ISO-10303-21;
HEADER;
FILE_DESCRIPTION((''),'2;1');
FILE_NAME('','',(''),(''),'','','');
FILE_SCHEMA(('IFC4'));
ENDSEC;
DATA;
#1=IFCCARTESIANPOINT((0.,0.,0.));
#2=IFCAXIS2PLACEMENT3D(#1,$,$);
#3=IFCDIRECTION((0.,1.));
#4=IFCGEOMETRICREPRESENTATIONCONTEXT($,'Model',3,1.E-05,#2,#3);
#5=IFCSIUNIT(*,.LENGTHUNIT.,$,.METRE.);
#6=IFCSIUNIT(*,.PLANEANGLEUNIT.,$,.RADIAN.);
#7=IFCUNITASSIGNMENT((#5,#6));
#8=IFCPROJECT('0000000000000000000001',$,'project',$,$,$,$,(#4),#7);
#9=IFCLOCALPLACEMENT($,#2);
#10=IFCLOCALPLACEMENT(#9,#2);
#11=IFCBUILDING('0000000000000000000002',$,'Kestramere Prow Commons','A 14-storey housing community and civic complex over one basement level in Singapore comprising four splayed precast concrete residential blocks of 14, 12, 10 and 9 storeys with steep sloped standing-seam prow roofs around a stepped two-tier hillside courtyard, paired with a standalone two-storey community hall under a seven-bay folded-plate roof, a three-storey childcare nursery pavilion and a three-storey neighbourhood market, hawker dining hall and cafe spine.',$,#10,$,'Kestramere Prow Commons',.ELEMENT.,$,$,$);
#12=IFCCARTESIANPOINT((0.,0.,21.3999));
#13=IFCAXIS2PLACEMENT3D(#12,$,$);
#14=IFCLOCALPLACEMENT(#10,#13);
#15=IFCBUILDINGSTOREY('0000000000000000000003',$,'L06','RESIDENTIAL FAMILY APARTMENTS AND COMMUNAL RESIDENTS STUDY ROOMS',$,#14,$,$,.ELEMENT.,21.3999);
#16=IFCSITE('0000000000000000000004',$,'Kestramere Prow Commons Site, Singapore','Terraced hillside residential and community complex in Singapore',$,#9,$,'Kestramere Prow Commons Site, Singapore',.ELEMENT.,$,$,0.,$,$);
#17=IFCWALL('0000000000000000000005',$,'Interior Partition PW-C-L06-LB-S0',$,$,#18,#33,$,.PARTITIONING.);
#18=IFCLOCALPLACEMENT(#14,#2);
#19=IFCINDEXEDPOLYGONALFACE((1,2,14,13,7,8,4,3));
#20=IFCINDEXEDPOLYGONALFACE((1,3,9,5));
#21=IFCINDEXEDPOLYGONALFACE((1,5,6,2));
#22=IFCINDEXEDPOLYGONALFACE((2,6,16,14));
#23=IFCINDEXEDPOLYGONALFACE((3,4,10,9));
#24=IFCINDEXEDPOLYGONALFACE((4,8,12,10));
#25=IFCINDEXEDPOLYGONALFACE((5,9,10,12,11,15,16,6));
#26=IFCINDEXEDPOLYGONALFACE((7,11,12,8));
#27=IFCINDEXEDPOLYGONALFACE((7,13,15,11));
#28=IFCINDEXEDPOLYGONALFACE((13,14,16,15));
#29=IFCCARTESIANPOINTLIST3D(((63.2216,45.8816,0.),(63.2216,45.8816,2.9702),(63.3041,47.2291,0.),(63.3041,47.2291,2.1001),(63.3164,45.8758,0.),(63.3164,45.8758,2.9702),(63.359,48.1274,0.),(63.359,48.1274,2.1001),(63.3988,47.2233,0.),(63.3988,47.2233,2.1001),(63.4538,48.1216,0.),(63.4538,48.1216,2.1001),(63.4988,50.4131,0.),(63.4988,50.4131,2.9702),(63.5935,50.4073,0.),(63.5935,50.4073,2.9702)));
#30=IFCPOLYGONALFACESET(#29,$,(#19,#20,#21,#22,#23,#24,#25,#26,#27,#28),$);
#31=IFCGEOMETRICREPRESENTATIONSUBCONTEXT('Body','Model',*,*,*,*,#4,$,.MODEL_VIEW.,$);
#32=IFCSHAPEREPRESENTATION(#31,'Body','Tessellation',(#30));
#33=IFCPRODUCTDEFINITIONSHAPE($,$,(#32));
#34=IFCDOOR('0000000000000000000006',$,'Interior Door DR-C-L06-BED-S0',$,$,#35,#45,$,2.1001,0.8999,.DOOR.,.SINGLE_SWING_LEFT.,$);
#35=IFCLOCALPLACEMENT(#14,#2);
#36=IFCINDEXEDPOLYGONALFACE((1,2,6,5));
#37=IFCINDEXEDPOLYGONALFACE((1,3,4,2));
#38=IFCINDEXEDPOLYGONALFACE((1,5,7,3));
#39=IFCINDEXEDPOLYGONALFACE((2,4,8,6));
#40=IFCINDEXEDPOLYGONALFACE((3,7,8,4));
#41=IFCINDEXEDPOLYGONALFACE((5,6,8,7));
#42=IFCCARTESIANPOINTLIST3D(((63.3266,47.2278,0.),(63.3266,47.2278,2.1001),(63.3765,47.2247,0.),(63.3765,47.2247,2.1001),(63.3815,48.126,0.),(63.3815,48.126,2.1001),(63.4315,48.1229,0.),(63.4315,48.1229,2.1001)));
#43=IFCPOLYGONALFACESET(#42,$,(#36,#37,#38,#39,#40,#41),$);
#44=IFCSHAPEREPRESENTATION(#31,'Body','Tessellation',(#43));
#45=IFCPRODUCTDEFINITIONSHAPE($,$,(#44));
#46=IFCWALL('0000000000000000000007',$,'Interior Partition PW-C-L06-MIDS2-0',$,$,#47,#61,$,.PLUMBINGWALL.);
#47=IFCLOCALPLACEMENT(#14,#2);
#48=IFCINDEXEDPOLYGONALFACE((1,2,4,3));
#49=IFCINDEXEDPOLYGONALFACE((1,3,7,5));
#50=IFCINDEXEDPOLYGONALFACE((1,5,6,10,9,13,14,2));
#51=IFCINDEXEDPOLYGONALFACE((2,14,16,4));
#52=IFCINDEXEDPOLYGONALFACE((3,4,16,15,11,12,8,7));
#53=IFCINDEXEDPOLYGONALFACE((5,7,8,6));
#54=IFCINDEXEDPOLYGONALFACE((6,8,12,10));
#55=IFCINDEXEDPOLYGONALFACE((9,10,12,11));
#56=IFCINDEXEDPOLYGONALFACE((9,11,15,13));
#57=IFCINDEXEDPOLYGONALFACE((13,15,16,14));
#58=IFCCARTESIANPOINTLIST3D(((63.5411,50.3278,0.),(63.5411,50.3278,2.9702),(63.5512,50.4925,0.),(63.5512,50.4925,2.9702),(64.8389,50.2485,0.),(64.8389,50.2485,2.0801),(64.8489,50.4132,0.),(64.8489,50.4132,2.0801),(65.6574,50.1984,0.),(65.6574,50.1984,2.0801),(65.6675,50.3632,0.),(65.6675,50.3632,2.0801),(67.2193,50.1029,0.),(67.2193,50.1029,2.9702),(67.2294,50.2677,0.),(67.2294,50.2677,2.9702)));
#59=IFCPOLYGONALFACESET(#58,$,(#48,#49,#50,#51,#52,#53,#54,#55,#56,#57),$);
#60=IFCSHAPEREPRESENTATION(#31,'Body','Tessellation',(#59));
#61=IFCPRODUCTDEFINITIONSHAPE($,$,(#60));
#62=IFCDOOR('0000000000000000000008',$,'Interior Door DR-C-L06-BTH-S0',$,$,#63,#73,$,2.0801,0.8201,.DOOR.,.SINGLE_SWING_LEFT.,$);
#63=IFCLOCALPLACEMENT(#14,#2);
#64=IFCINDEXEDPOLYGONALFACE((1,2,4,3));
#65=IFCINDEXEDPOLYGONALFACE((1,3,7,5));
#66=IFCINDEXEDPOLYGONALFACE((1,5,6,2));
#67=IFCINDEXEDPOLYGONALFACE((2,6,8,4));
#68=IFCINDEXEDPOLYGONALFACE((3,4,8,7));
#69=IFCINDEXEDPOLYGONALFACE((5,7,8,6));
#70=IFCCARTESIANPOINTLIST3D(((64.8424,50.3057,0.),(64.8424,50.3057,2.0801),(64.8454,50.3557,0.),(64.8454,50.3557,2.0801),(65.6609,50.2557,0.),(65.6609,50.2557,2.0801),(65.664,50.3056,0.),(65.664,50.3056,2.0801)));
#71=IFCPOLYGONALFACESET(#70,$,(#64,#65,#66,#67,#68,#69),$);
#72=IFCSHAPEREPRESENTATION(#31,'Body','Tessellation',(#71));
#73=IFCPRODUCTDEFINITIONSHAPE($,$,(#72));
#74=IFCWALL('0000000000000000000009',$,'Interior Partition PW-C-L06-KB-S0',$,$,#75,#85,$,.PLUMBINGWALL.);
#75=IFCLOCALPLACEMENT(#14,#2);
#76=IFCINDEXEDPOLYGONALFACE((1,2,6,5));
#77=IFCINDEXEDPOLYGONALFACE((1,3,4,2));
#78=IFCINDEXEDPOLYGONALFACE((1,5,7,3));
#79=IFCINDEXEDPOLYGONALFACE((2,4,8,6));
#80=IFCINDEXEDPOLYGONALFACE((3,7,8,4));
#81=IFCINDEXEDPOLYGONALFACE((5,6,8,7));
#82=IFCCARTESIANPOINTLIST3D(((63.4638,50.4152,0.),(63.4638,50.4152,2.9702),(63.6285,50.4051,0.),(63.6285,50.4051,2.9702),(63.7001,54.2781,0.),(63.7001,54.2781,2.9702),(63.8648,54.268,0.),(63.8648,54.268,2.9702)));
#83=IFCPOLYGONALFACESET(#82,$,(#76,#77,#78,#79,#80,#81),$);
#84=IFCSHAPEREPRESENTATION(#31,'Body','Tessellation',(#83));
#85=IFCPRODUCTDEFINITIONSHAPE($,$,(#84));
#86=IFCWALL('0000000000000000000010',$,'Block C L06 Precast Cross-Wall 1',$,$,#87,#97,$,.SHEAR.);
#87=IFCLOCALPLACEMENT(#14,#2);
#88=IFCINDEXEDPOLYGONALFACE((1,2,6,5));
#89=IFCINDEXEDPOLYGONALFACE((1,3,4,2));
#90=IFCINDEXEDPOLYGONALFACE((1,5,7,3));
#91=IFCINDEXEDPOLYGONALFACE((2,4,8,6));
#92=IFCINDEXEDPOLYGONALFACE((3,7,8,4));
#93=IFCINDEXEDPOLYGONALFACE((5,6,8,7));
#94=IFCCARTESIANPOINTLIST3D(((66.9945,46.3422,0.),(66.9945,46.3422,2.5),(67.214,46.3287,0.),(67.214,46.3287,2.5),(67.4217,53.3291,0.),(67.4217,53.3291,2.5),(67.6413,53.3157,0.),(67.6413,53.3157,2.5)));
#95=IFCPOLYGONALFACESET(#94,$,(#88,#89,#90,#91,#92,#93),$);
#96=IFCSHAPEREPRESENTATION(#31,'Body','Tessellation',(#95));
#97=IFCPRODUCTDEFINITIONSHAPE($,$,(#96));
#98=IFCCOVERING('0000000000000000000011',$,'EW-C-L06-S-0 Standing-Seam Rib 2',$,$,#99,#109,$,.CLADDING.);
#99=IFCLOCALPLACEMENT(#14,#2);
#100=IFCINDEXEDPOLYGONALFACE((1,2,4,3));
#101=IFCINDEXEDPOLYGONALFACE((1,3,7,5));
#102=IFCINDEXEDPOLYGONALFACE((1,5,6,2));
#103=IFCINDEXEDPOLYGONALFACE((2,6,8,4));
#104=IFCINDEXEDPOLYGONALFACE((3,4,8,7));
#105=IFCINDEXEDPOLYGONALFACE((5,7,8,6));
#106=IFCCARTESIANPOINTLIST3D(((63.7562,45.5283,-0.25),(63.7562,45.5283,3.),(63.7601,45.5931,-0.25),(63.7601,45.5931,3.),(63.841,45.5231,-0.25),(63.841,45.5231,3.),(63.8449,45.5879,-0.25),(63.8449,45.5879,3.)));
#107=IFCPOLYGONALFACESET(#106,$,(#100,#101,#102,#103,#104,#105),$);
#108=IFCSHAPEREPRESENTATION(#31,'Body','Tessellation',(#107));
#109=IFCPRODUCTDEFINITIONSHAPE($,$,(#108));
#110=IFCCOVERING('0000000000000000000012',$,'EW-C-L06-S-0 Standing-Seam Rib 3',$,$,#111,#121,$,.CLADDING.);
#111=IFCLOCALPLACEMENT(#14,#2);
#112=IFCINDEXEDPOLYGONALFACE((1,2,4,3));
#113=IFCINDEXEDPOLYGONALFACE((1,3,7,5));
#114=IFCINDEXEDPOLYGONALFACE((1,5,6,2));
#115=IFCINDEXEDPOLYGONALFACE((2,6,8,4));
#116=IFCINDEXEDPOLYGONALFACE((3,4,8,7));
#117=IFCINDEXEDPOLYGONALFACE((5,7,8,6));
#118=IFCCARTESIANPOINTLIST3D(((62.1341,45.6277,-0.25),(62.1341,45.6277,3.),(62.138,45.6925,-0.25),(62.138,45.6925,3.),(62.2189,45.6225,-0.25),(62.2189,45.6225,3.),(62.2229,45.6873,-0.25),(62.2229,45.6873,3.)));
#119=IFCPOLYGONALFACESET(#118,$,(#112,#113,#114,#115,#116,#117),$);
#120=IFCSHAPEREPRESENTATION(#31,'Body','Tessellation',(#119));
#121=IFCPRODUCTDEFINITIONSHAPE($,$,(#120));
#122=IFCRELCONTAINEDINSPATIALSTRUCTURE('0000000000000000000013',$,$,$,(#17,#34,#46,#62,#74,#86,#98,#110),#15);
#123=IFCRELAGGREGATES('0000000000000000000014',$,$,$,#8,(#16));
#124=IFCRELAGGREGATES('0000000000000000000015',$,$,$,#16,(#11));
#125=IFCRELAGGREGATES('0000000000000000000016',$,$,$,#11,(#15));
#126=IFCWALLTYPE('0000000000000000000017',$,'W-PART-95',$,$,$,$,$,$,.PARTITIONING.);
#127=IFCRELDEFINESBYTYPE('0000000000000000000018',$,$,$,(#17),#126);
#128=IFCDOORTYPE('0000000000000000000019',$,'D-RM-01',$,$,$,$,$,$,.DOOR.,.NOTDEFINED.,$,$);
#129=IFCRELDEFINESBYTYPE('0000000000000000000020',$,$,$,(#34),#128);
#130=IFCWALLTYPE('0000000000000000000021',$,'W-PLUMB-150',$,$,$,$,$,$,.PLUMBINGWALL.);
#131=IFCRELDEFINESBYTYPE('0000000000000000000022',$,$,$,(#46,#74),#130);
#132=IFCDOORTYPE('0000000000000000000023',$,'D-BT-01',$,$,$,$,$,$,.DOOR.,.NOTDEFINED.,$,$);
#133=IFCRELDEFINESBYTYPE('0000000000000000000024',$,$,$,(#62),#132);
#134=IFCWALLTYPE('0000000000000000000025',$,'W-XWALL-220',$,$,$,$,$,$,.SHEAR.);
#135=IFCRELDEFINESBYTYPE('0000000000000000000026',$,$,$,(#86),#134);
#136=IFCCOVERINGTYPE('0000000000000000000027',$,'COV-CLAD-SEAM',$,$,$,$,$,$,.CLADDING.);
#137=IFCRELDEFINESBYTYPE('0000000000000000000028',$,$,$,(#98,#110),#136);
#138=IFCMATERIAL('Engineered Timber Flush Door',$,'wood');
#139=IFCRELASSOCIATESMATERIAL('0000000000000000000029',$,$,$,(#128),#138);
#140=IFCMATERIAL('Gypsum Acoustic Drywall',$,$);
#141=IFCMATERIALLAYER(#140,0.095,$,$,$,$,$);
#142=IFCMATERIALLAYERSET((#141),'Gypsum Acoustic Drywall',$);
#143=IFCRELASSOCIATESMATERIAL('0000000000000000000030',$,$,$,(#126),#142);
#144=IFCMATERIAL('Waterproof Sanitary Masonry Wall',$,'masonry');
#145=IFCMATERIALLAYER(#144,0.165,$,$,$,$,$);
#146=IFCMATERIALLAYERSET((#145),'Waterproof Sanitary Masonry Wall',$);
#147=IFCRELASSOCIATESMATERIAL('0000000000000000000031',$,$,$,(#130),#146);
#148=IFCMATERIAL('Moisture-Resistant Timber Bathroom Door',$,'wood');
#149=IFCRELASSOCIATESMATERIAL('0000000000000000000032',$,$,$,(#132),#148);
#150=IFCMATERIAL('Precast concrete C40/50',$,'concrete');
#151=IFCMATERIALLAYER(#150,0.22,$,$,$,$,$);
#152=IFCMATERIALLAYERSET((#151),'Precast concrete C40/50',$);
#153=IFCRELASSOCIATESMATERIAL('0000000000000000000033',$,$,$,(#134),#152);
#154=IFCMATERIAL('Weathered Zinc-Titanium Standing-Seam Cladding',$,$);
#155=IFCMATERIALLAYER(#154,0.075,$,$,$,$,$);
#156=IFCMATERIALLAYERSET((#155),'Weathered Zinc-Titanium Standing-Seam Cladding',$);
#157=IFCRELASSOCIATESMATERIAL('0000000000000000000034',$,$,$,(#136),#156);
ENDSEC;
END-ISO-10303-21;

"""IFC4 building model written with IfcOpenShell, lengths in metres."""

from ifc_helpers import new_model, si_unit, direction, frame, frame_2d, origin, origin_2d, place, context, subcontext, project, spatial, rectangle, extrude, material, layer, layer_set, type_object, element, fill, save


model = new_model("IFC4")

# Units and contexts
model_context = context("Model", 3, precision=1e-05, world=origin(), true_north=direction((0.0, 1.0)))
body_context = subcontext(model_context, "Body", "Model", "MODEL_VIEW")
ifc_project = project(units=[si_unit("LENGTHUNIT", "METRE"), si_unit("PLANEANGLEUNIT", "RADIAN")], contexts=[model_context])

# Site, building, storey
site_placement = place(None, origin())
site = spatial("IfcSite", under=ifc_project, at=site_placement, Name="Kestramere Prow Commons Site, Singapore", Description="Terraced hillside residential and community complex in Singapore", LongName="Kestramere Prow Commons Site, Singapore", CompositionType="ELEMENT", RefElevation=0.0)
building_placement = place(site_placement, origin())
building = spatial("IfcBuilding", under=site, at=building_placement, Name="Kestramere Prow Commons", Description="A 14-storey housing community and civic complex over one basement level in Singapore comprising four splayed precast concrete residential blocks of 14, 12, 10 and 9 storeys with steep sloped standing-seam prow roofs around a stepped two-tier hillside courtyard, paired with a standalone two-storey community hall under a seven-bay folded-plate roof, a three-storey childcare nursery pavilion and a three-storey neighbourhood market, hawker dining hall and cafe spine.", LongName="Kestramere Prow Commons", CompositionType="ELEMENT")
storey_placement = place(building_placement, frame((0.0, 0.0, 21.3999)))
storey = spatial("IfcBuildingStorey", under=building, at=storey_placement, Name="L06", Description="RESIDENTIAL FAMILY APARTMENTS AND COMMUNAL RESIDENTS STUDY ROOMS", CompositionType="ELEMENT", Elevation=21.3999)

# Shared definitions
ifc_material_1 = material(Name="Precast concrete C40/50", Category="concrete")

# Walls, openings, doors
ifc_material_2 = material(Name="Engineered Timber Flush Door", Category="wood")
door_type_1 = type_object("IfcDoorType", Name="D-RM-01", OperationType="NOTDEFINED", PredefinedType="DOOR", material=ifc_material_2)
ifc_material_3 = material(Name="Gypsum Acoustic Drywall")
ifc_layer_1 = layer(ifc_material_3, 0.095)
ifc_layer_set_1 = layer_set([ifc_layer_1], Name="Gypsum Acoustic Drywall")
wall_type_1 = type_object("IfcWallType", Name="W-PART-95", PredefinedType="PARTITIONING", material=ifc_layer_set_1)
wall_1_placement = place(storey_placement, frame((63.269, 45.8787, 0.0), z_axis=(0.0, 0.0, 1.0), x_axis=(0.061036, 0.998136, 0.0)))
wall_1 = element("IfcWall", 1, at=wall_1_placement, inside=storey, type_object=wall_type_1, Name="Interior Partition PW-C-L06-LB-S0", PredefinedType="PARTITIONING", context=body_context, shape_type="SweptSolid", body=[
    extrude(rectangle(XDim=4.54, YDim=0.095, at=frame_2d((2.27, 0.0))), origin(), (0.0, 0.0, 1.0), 2.9702),
])
opening_1_placement = place(wall_1_placement, frame((1.3501, 0.0, 0.0)))
opening_1 = element("IfcOpeningElement", 2, at=opening_1_placement, cuts=wall_1, PredefinedType="OPENING", context=body_context, shape_type="SweptSolid", body=[
    extrude(rectangle(XDim=0.8999, YDim=2.1001, at=frame_2d((0.45, 1.05))), frame((0.0, 0.0625, 0.0), z_axis=(0.0, -1.0, 0.0), x_axis=(1.0, 0.0, 0.0)), (0.0, 0.0, 1.0), 0.125),
])
door_1_placement = place(opening_1_placement, origin())
door_1 = element("IfcDoor", 3, at=door_1_placement, inside=storey, type_object=door_type_1, Name="Interior Door DR-C-L06-BED-S0", OperationType="SINGLE_SWING_LEFT", OverallHeight=2.1001, OverallWidth=0.8999, PredefinedType="DOOR", context=body_context, shape_type="SweptSolid", body=[
    extrude(rectangle(XDim=0.8999, YDim=2.1001, at=frame_2d((0.45, 1.05))), frame((0.0, 0.0249, 0.0), z_axis=(0.0, -1.0, 0.0), x_axis=(1.0, 0.0, 0.0)), (0.0, 0.0, 1.0), 0.05),
])
fill(opening_1, door_1)
ifc_material_4 = material(Name="Waterproof Sanitary Masonry Wall", Category="masonry")
ifc_layer_2 = layer(ifc_material_4, 0.165)
ifc_layer_set_2 = layer_set([ifc_layer_2], Name="Waterproof Sanitary Masonry Wall")
wall_type_2 = type_object("IfcWallType", Name="W-PLUMB-150", PredefinedType="PLUMBINGWALL", material=ifc_layer_set_2)
wall_2_placement = place(storey_placement, frame((63.5461, 50.4102, 0.0), z_axis=(0.0, 0.0, 1.0), x_axis=(0.998137, -0.061017, 0.0)))
wall_2 = element("IfcWall", 4, at=wall_2_placement, inside=storey, type_object=wall_type_2, Name="Interior Partition PW-C-L06-MIDS2-0", PredefinedType="PLUMBINGWALL", context=body_context, shape_type="SweptSolid", body=[
    extrude(rectangle(XDim=3.6851, YDim=0.165, at=frame_2d((1.8425, 0.0))), origin(), (0.0, 0.0, 1.0), 2.9702),
])
opening_2_placement = place(wall_2_placement, frame((1.3, 0.0, 0.0)))
opening_2 = element("IfcOpeningElement", 5, at=opening_2_placement, cuts=wall_2, PredefinedType="OPENING", context=body_context, shape_type="SweptSolid", body=[
    extrude(rectangle(XDim=0.8201, YDim=2.0801, at=frame_2d((0.4102, 1.04))), frame((0.0, 0.0974, 0.0), z_axis=(0.0, -1.0, 0.0), x_axis=(1.0, 0.0, 0.0)), (0.0, 0.0, 1.0), 0.1951),
])
ifc_material_5 = material(Name="Moisture-Resistant Timber Bathroom Door", Category="wood")
door_type_2 = type_object("IfcDoorType", Name="D-BT-01", OperationType="NOTDEFINED", PredefinedType="DOOR", material=ifc_material_5)
door_2_placement = place(opening_2_placement, origin())
door_2 = element("IfcDoor", 6, at=door_2_placement, inside=storey, type_object=door_type_2, Name="Interior Door DR-C-L06-BTH-S0", OperationType="SINGLE_SWING_LEFT", OverallHeight=2.0801, OverallWidth=0.8201, PredefinedType="DOOR", context=body_context, shape_type="SweptSolid", body=[
    extrude(rectangle(XDim=0.8201, YDim=2.0801, at=frame_2d((0.4102, 1.04))), frame((0.0, 0.0249, 0.0), z_axis=(0.0, -1.0, 0.0), x_axis=(1.0, 0.0, 0.0)), (0.0, 0.0, 1.0), 0.05),
])
fill(opening_2, door_2)

# Walls
wall_3_placement = place(storey_placement, frame((63.5461, 50.4102, 0.0), z_axis=(0.0, 0.0, 1.0), x_axis=(0.061066, 0.998134, 0.0)))
element("IfcWall", 7, at=wall_3_placement, inside=storey, type_object=wall_type_2, Name="Interior Partition PW-C-L06-KB-S0", PredefinedType="PLUMBINGWALL", context=body_context, shape_type="SweptSolid", body=[
    extrude(rectangle(XDim=3.8701, YDim=0.165, at=frame_2d((1.9351, 0.0))), origin(), (0.0, 0.0, 1.0), 2.9702),
])
ifc_layer_3 = layer(ifc_material_1, 0.22)
ifc_layer_set_3 = layer_set([ifc_layer_3], Name="Precast concrete C40/50")
wall_type_3 = type_object("IfcWallType", Name="W-XWALL-220", PredefinedType="SHEAR", material=ifc_layer_set_3)
wall_4_placement = place(storey_placement, frame((67.1042, 46.3354, 0.0), z_axis=(0.0, 0.0, 1.0), x_axis=(0.061034, 0.998136, 0.0)))
element("IfcWall", 8, at=wall_4_placement, inside=storey, type_object=wall_type_3, Name="Block C L06 Precast Cross-Wall 1", PredefinedType="SHEAR", context=body_context, shape_type="SweptSolid", body=[
    extrude(rectangle(XDim=7.0, YDim=0.22, at=frame_2d((3.5, 0.0))), origin(), (0.0, 0.0, 1.0), 2.5),
])

# Coverings
ifc_material_6 = material(Name="Weathered Zinc-Titanium Standing-Seam Cladding")
ifc_layer_4 = layer(ifc_material_6, 0.075)
ifc_layer_set_4 = layer_set([ifc_layer_4], Name="Weathered Zinc-Titanium Standing-Seam Cladding")
covering_type = type_object("IfcCoveringType", Name="COV-CLAD-SEAM", PredefinedType="CLADDING", material=ifc_layer_set_4)
for number, where, z_axis, x_axis, name in (
    (9, (63.8005, 45.5581, -0.25), (0.0, 0.0, 1.0), (-0.998135, 0.061049, 0.0), "EW-C-L06-S-0 Standing-Seam Rib 2"),
    (10, (62.1785, 45.6575, -0.25), (0.0, 0.0, 1.0), (-0.998135, 0.061049, 0.0), "EW-C-L06-S-0 Standing-Seam Rib 3"),
):
    element("IfcCovering", number, at=place(storey_placement, frame(where, z_axis=z_axis, x_axis=x_axis)), inside=storey, type_object=covering_type, Name=name, PredefinedType="CLADDING", context=body_context, shape_type="SweptSolid", body=[
        extrude(rectangle(XDim=0.085, YDim=0.0649, at=origin_2d()), origin(), (0.0, 0.0, 1.0), 3.25),
    ])

save(model, "model.ifc")
